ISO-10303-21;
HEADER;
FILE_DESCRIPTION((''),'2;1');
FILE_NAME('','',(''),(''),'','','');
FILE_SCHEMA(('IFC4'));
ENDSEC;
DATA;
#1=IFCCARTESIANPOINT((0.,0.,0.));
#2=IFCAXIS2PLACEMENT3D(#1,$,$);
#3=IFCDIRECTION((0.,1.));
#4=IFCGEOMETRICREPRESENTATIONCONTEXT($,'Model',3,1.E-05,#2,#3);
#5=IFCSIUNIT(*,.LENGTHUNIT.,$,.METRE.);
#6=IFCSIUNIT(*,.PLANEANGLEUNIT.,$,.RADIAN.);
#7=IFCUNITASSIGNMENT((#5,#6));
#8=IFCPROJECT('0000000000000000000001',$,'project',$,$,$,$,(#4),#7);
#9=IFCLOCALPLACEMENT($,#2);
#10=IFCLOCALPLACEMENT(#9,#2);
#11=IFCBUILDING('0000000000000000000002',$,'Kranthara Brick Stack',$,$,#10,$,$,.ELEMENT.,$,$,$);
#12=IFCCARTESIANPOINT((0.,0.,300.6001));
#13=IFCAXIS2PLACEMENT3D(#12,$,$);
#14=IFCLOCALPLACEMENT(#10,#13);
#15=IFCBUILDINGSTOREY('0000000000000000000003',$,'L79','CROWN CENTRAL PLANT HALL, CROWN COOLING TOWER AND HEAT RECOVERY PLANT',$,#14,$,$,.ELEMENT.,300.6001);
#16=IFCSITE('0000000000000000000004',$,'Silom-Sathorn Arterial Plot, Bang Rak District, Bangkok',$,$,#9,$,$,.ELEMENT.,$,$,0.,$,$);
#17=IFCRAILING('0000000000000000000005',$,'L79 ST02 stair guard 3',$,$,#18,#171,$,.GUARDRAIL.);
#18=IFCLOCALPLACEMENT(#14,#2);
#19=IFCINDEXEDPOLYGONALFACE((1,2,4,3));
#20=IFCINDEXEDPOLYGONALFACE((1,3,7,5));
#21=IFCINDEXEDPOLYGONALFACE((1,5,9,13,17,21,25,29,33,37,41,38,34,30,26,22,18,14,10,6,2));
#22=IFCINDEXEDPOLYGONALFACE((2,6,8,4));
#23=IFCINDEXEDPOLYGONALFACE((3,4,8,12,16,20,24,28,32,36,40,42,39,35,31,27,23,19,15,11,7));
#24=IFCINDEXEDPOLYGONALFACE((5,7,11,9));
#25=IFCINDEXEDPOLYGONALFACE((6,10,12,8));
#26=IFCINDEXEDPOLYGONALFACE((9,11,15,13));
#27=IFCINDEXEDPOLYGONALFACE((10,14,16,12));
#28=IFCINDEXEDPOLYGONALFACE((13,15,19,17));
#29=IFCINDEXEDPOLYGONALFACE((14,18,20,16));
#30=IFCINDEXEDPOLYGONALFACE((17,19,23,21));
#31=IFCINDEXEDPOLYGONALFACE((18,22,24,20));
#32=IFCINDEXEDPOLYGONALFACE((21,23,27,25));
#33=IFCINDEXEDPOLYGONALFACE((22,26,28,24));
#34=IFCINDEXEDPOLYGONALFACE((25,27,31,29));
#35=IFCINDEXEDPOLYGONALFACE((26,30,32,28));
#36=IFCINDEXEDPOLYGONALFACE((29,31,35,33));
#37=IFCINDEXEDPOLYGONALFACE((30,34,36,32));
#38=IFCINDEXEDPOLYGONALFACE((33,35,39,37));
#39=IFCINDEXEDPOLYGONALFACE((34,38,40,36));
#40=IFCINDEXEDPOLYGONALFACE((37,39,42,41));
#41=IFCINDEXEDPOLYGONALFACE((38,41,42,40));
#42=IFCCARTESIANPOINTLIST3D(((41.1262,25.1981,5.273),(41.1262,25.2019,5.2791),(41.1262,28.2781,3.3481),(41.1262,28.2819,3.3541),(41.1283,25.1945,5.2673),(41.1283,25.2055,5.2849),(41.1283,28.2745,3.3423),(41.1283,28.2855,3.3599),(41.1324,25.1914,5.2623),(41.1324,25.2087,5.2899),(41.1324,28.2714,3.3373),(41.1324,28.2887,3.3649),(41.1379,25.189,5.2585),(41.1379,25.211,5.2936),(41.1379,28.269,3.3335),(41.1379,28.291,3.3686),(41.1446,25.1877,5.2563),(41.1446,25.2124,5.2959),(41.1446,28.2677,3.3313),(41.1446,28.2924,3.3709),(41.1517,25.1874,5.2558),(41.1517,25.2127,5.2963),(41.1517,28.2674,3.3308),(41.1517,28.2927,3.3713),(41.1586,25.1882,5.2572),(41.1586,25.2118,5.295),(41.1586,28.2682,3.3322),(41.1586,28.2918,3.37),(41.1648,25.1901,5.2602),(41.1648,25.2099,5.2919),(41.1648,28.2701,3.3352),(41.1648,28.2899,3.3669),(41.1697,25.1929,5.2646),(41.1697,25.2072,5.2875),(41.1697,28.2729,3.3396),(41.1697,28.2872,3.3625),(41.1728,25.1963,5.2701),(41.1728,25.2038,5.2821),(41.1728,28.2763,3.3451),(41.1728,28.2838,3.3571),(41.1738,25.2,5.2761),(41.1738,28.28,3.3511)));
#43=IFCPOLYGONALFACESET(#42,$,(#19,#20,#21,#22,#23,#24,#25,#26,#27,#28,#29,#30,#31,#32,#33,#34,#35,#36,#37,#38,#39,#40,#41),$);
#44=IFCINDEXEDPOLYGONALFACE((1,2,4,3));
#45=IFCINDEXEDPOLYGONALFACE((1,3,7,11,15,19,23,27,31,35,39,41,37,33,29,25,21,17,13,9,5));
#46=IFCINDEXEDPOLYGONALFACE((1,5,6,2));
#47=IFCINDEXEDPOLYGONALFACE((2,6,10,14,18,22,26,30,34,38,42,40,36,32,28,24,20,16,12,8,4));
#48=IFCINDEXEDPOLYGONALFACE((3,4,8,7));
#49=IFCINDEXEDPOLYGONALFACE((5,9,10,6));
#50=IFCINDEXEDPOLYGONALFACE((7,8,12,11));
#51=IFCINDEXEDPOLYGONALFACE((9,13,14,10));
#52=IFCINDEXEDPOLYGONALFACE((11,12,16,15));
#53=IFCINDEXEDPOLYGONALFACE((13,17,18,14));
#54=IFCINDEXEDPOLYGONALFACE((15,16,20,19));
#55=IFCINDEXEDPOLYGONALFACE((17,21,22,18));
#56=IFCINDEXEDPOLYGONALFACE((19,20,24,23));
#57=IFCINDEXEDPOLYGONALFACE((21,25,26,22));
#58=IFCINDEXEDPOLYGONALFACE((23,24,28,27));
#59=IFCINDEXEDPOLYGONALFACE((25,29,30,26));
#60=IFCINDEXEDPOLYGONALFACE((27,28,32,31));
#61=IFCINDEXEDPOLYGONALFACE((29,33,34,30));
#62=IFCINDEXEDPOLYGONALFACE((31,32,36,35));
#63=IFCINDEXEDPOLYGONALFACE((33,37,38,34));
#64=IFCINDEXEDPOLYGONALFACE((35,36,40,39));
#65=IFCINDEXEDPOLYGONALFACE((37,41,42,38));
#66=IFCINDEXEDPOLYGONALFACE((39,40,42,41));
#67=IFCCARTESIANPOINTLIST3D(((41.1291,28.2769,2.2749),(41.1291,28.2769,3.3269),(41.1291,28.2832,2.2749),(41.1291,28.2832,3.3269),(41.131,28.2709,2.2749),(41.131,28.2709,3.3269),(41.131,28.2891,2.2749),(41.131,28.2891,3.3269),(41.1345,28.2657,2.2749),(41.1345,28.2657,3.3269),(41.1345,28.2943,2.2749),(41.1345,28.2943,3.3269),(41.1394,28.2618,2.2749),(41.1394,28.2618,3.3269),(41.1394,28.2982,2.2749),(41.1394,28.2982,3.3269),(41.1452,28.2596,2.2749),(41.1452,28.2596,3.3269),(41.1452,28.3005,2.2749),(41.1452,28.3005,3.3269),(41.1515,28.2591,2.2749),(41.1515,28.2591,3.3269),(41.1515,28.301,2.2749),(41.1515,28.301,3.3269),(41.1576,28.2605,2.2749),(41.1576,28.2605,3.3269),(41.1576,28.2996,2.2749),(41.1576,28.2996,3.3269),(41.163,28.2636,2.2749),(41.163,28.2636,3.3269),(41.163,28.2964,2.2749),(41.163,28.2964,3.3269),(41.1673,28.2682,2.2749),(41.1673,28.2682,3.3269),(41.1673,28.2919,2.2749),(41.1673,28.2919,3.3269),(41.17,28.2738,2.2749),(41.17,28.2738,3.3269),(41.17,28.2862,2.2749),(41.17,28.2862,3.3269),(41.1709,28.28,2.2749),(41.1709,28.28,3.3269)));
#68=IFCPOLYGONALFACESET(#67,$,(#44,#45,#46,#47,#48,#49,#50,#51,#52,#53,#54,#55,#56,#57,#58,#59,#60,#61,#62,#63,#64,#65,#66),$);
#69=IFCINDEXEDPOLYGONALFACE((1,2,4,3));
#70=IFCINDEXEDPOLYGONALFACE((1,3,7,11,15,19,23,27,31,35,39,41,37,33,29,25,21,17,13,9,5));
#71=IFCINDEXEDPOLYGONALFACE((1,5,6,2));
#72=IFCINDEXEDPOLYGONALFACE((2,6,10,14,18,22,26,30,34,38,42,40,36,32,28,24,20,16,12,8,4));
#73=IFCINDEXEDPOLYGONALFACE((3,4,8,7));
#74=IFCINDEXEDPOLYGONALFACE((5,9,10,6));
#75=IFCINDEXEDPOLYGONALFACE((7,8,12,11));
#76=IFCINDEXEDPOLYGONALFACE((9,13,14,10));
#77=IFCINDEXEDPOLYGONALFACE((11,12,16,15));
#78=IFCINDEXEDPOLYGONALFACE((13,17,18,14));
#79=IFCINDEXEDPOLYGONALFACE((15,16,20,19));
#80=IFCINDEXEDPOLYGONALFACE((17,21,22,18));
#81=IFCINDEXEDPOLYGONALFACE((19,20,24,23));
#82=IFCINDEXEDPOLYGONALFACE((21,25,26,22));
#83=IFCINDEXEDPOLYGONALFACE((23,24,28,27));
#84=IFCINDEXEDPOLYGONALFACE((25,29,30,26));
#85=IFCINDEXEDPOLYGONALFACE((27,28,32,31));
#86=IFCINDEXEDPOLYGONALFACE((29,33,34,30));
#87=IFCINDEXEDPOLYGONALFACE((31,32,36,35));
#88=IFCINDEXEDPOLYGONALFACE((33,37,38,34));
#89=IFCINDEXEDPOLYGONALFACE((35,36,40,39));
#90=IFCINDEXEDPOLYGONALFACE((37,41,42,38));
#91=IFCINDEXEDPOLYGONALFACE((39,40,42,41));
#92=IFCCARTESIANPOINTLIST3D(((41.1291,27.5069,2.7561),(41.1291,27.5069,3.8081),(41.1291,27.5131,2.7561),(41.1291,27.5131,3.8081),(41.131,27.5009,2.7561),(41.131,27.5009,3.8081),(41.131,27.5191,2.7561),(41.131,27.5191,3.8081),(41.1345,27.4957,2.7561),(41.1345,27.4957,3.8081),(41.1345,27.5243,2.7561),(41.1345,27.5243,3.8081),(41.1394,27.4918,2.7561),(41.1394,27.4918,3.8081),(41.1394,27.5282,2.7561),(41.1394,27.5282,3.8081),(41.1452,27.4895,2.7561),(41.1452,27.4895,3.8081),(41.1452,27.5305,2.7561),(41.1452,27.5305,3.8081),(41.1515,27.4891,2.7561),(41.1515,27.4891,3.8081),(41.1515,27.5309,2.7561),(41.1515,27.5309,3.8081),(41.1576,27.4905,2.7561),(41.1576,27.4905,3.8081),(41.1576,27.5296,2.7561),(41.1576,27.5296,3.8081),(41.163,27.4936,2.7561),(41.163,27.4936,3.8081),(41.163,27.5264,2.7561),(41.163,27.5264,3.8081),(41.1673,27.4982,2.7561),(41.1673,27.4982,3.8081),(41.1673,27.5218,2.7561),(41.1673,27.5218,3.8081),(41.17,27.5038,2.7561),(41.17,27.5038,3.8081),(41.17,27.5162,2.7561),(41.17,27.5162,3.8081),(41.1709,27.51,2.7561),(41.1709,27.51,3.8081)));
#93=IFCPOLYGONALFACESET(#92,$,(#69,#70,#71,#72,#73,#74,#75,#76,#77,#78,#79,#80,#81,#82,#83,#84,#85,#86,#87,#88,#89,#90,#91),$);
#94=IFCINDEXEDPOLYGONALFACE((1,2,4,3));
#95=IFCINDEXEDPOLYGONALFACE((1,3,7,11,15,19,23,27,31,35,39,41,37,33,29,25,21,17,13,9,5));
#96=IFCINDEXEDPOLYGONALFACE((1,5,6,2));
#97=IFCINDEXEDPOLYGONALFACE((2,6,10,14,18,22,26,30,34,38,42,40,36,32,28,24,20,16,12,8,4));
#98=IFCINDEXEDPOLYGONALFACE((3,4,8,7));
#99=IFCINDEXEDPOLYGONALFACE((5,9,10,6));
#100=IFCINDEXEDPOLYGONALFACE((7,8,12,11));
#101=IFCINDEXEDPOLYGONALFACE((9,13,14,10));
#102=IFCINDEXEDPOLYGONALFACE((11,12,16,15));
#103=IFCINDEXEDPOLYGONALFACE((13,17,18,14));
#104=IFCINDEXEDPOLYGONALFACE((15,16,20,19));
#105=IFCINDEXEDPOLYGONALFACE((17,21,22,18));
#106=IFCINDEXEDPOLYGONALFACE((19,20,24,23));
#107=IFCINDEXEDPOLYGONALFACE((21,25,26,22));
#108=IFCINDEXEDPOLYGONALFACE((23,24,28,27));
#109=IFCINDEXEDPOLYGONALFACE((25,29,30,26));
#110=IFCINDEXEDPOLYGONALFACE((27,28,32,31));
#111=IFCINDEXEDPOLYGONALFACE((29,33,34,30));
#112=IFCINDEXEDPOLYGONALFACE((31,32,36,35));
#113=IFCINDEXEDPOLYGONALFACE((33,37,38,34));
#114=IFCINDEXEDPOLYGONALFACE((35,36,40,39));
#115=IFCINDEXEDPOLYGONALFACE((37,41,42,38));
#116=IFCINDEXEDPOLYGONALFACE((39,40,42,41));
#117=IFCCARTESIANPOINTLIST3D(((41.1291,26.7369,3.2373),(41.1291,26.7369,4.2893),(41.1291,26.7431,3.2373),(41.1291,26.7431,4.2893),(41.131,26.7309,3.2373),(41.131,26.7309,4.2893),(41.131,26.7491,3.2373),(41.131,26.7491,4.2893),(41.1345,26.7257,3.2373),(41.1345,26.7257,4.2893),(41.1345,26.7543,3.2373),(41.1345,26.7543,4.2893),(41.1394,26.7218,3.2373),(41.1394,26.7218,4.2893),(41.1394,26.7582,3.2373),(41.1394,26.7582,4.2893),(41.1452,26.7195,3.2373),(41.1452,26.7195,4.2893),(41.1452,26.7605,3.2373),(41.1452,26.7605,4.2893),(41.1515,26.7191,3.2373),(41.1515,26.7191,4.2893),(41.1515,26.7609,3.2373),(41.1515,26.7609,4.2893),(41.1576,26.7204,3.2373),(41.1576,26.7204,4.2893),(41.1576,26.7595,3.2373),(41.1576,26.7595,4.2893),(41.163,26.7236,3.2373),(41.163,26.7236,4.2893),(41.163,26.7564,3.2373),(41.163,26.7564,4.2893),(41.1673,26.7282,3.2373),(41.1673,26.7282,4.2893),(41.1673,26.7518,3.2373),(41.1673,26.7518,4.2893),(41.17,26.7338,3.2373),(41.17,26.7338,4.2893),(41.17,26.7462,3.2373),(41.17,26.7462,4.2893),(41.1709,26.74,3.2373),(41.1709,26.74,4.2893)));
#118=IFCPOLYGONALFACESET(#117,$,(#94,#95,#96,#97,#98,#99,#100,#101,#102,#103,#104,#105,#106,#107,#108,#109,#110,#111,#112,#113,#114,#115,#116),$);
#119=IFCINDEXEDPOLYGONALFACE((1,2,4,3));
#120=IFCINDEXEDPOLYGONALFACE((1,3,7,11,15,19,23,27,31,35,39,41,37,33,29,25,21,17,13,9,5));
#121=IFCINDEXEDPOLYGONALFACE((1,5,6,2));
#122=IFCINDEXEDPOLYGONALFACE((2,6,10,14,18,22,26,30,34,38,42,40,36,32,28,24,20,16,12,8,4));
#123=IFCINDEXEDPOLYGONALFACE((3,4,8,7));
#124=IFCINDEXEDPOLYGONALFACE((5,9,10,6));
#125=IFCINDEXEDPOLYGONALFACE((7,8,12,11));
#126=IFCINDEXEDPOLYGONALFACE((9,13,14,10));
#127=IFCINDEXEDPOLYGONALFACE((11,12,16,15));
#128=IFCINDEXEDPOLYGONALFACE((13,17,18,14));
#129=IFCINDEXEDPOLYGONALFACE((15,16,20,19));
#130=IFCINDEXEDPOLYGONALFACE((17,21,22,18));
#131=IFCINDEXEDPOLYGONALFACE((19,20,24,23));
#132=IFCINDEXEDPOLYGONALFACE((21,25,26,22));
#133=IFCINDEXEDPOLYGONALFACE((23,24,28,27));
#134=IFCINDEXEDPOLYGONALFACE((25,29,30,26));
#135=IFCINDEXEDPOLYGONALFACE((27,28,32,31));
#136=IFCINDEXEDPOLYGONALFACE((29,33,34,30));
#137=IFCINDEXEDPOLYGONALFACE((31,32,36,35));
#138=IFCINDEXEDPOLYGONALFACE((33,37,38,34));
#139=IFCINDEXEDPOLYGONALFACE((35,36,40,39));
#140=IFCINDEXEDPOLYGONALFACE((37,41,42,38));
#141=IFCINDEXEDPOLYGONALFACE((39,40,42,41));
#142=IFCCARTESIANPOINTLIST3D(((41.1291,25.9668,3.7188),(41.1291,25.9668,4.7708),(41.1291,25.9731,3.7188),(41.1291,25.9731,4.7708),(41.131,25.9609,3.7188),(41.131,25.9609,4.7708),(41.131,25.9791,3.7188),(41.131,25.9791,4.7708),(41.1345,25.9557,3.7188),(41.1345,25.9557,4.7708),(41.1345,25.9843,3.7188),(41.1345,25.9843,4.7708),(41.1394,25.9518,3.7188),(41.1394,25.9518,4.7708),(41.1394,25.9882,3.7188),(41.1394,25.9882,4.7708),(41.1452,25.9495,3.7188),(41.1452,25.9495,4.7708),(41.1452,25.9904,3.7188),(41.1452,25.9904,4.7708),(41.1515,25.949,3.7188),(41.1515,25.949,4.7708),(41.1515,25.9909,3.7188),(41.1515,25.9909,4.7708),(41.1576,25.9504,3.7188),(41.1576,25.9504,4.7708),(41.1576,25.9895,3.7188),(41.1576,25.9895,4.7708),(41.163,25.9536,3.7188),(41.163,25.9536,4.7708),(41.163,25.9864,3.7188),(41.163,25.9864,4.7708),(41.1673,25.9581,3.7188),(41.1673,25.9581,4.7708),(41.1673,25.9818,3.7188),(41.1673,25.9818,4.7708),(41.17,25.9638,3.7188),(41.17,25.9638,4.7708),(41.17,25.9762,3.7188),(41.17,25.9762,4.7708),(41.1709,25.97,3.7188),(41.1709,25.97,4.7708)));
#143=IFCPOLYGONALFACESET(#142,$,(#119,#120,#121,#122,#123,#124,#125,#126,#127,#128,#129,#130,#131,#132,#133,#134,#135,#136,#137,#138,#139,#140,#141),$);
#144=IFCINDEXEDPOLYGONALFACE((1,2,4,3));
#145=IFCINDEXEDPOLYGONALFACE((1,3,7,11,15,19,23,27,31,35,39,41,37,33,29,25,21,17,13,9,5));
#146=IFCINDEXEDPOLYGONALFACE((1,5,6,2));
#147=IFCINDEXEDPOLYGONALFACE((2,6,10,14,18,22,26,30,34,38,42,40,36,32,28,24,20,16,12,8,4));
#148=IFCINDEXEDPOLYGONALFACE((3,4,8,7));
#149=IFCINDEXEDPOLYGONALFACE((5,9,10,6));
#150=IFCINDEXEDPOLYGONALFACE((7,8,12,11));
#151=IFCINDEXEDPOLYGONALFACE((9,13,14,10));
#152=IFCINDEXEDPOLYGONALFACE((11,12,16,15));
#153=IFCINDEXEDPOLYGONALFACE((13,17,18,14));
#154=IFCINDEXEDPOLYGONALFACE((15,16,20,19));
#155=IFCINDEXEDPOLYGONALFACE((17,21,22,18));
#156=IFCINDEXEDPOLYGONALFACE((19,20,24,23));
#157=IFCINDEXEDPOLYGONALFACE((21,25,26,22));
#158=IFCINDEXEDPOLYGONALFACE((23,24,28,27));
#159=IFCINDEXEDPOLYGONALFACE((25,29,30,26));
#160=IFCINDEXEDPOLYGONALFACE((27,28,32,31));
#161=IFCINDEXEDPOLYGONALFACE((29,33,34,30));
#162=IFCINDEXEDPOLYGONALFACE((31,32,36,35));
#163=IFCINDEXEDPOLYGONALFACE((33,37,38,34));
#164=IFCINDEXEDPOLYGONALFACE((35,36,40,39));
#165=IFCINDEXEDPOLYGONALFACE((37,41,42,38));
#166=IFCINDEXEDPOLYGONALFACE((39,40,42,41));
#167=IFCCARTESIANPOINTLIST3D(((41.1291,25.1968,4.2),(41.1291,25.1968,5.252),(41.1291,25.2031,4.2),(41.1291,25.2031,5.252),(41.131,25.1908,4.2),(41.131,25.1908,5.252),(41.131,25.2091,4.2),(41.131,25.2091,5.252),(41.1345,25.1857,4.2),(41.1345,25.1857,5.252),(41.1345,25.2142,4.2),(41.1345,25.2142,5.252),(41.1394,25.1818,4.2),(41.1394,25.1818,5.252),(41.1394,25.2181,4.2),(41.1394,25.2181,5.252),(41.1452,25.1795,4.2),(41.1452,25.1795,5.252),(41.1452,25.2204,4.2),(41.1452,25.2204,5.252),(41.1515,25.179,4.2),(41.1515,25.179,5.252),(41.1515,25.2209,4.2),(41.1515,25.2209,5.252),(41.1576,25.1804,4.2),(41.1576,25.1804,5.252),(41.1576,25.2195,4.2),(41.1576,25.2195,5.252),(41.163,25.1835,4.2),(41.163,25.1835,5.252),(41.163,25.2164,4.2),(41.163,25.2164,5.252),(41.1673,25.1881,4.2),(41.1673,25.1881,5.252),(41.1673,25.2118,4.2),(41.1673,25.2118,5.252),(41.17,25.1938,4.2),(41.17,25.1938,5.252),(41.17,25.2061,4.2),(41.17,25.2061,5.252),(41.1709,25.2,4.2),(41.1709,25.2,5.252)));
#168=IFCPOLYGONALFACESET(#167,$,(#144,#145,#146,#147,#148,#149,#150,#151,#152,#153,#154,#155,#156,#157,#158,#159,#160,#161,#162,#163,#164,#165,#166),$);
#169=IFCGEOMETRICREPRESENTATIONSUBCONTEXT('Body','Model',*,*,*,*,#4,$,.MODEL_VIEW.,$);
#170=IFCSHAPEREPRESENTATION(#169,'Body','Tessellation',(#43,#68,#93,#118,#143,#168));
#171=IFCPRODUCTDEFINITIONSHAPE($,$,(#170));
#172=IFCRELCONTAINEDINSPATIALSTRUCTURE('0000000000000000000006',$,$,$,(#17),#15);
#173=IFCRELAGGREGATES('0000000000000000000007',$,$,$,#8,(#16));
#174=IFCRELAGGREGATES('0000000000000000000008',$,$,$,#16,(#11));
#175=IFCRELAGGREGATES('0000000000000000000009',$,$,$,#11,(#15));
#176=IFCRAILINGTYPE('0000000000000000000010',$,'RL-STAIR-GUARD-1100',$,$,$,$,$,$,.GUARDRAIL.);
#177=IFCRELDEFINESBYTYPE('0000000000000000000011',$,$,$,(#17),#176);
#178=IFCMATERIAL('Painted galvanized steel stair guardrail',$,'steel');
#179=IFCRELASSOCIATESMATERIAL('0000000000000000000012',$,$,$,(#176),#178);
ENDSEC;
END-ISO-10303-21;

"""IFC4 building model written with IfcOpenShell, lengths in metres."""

from ifc_helpers import new_model, si_unit, direction, frame, origin, origin_2d, place, context, subcontext, project, spatial, circle, extrude, material, type_object, element, save


model = new_model("IFC4")

# Units and contexts
model_context = context("Model", 3, precision=1e-05, world=origin(), true_north=direction((0.0, 1.0)))
body_context = subcontext(model_context, "Body", "Model", "MODEL_VIEW")
ifc_project = project(units=[si_unit("LENGTHUNIT", "METRE"), si_unit("PLANEANGLEUNIT", "RADIAN")], contexts=[model_context])

# Site, building, storey
site_placement = place(None, origin())
site = spatial("IfcSite", under=ifc_project, at=site_placement, Name="Silom-Sathorn Arterial Plot, Bang Rak District, Bangkok", CompositionType="ELEMENT", RefElevation=0.0)
building_placement = place(site_placement, origin())
building = spatial("IfcBuilding", under=site, at=building_placement, Name="Kranthara Brick Stack", CompositionType="ELEMENT")
storey_placement = place(building_placement, frame((0.0, 0.0, 300.6001)))
storey = spatial("IfcBuildingStorey", under=building, at=storey_placement, Name="L79", Description="CROWN CENTRAL PLANT HALL, CROWN COOLING TOWER AND HEAT RECOVERY PLANT", CompositionType="ELEMENT", Elevation=300.6001)

# Railing
ifc_material_1 = material(Name="Painted galvanized steel stair guardrail", Category="steel")
railing_type_1 = type_object("IfcRailingType", Name="RL-STAIR-GUARD-1100", PredefinedType="GUARDRAIL", material=ifc_material_1)
railing_1_placement = place(storey_placement, frame((41.1499, 28.28, 2.2749)))
element("IfcRailing", 1, at=railing_1_placement, inside=storey, type_object=railing_type_1, Name="L79 ST02 stair guard 3", PredefinedType="GUARDRAIL", context=body_context, shape_type="SweptSolid", body=[
    extrude(circle(Radius=0.0239, at=origin_2d()), frame((0.0, 0.0, 1.0762), z_axis=(0.0, -0.847998, 0.529999), x_axis=(1.0, 0.0, 0.0)), (0.0, 0.0, 1.0), 3.6321),
    extrude(circle(Radius=0.021, at=origin_2d()), origin(), (0.0, 0.0, 1.0), 1.052),
    extrude(circle(Radius=0.021, at=origin_2d()), frame((0.0, -0.77, 0.4812)), (0.0, 0.0, 1.0), 1.052),
    extrude(circle(Radius=0.021, at=origin_2d()), frame((0.0, -1.54, 0.9624)), (0.0, 0.0, 1.0), 1.052),
    extrude(circle(Radius=0.021, at=origin_2d()), frame((0.0, -2.3101, 1.4438)), (0.0, 0.0, 1.0), 1.052),
    extrude(circle(Radius=0.021, at=origin_2d()), frame((0.0, -3.0801, 1.925)), (0.0, 0.0, 1.0), 1.052),
])

save(model, "model.ifc")
